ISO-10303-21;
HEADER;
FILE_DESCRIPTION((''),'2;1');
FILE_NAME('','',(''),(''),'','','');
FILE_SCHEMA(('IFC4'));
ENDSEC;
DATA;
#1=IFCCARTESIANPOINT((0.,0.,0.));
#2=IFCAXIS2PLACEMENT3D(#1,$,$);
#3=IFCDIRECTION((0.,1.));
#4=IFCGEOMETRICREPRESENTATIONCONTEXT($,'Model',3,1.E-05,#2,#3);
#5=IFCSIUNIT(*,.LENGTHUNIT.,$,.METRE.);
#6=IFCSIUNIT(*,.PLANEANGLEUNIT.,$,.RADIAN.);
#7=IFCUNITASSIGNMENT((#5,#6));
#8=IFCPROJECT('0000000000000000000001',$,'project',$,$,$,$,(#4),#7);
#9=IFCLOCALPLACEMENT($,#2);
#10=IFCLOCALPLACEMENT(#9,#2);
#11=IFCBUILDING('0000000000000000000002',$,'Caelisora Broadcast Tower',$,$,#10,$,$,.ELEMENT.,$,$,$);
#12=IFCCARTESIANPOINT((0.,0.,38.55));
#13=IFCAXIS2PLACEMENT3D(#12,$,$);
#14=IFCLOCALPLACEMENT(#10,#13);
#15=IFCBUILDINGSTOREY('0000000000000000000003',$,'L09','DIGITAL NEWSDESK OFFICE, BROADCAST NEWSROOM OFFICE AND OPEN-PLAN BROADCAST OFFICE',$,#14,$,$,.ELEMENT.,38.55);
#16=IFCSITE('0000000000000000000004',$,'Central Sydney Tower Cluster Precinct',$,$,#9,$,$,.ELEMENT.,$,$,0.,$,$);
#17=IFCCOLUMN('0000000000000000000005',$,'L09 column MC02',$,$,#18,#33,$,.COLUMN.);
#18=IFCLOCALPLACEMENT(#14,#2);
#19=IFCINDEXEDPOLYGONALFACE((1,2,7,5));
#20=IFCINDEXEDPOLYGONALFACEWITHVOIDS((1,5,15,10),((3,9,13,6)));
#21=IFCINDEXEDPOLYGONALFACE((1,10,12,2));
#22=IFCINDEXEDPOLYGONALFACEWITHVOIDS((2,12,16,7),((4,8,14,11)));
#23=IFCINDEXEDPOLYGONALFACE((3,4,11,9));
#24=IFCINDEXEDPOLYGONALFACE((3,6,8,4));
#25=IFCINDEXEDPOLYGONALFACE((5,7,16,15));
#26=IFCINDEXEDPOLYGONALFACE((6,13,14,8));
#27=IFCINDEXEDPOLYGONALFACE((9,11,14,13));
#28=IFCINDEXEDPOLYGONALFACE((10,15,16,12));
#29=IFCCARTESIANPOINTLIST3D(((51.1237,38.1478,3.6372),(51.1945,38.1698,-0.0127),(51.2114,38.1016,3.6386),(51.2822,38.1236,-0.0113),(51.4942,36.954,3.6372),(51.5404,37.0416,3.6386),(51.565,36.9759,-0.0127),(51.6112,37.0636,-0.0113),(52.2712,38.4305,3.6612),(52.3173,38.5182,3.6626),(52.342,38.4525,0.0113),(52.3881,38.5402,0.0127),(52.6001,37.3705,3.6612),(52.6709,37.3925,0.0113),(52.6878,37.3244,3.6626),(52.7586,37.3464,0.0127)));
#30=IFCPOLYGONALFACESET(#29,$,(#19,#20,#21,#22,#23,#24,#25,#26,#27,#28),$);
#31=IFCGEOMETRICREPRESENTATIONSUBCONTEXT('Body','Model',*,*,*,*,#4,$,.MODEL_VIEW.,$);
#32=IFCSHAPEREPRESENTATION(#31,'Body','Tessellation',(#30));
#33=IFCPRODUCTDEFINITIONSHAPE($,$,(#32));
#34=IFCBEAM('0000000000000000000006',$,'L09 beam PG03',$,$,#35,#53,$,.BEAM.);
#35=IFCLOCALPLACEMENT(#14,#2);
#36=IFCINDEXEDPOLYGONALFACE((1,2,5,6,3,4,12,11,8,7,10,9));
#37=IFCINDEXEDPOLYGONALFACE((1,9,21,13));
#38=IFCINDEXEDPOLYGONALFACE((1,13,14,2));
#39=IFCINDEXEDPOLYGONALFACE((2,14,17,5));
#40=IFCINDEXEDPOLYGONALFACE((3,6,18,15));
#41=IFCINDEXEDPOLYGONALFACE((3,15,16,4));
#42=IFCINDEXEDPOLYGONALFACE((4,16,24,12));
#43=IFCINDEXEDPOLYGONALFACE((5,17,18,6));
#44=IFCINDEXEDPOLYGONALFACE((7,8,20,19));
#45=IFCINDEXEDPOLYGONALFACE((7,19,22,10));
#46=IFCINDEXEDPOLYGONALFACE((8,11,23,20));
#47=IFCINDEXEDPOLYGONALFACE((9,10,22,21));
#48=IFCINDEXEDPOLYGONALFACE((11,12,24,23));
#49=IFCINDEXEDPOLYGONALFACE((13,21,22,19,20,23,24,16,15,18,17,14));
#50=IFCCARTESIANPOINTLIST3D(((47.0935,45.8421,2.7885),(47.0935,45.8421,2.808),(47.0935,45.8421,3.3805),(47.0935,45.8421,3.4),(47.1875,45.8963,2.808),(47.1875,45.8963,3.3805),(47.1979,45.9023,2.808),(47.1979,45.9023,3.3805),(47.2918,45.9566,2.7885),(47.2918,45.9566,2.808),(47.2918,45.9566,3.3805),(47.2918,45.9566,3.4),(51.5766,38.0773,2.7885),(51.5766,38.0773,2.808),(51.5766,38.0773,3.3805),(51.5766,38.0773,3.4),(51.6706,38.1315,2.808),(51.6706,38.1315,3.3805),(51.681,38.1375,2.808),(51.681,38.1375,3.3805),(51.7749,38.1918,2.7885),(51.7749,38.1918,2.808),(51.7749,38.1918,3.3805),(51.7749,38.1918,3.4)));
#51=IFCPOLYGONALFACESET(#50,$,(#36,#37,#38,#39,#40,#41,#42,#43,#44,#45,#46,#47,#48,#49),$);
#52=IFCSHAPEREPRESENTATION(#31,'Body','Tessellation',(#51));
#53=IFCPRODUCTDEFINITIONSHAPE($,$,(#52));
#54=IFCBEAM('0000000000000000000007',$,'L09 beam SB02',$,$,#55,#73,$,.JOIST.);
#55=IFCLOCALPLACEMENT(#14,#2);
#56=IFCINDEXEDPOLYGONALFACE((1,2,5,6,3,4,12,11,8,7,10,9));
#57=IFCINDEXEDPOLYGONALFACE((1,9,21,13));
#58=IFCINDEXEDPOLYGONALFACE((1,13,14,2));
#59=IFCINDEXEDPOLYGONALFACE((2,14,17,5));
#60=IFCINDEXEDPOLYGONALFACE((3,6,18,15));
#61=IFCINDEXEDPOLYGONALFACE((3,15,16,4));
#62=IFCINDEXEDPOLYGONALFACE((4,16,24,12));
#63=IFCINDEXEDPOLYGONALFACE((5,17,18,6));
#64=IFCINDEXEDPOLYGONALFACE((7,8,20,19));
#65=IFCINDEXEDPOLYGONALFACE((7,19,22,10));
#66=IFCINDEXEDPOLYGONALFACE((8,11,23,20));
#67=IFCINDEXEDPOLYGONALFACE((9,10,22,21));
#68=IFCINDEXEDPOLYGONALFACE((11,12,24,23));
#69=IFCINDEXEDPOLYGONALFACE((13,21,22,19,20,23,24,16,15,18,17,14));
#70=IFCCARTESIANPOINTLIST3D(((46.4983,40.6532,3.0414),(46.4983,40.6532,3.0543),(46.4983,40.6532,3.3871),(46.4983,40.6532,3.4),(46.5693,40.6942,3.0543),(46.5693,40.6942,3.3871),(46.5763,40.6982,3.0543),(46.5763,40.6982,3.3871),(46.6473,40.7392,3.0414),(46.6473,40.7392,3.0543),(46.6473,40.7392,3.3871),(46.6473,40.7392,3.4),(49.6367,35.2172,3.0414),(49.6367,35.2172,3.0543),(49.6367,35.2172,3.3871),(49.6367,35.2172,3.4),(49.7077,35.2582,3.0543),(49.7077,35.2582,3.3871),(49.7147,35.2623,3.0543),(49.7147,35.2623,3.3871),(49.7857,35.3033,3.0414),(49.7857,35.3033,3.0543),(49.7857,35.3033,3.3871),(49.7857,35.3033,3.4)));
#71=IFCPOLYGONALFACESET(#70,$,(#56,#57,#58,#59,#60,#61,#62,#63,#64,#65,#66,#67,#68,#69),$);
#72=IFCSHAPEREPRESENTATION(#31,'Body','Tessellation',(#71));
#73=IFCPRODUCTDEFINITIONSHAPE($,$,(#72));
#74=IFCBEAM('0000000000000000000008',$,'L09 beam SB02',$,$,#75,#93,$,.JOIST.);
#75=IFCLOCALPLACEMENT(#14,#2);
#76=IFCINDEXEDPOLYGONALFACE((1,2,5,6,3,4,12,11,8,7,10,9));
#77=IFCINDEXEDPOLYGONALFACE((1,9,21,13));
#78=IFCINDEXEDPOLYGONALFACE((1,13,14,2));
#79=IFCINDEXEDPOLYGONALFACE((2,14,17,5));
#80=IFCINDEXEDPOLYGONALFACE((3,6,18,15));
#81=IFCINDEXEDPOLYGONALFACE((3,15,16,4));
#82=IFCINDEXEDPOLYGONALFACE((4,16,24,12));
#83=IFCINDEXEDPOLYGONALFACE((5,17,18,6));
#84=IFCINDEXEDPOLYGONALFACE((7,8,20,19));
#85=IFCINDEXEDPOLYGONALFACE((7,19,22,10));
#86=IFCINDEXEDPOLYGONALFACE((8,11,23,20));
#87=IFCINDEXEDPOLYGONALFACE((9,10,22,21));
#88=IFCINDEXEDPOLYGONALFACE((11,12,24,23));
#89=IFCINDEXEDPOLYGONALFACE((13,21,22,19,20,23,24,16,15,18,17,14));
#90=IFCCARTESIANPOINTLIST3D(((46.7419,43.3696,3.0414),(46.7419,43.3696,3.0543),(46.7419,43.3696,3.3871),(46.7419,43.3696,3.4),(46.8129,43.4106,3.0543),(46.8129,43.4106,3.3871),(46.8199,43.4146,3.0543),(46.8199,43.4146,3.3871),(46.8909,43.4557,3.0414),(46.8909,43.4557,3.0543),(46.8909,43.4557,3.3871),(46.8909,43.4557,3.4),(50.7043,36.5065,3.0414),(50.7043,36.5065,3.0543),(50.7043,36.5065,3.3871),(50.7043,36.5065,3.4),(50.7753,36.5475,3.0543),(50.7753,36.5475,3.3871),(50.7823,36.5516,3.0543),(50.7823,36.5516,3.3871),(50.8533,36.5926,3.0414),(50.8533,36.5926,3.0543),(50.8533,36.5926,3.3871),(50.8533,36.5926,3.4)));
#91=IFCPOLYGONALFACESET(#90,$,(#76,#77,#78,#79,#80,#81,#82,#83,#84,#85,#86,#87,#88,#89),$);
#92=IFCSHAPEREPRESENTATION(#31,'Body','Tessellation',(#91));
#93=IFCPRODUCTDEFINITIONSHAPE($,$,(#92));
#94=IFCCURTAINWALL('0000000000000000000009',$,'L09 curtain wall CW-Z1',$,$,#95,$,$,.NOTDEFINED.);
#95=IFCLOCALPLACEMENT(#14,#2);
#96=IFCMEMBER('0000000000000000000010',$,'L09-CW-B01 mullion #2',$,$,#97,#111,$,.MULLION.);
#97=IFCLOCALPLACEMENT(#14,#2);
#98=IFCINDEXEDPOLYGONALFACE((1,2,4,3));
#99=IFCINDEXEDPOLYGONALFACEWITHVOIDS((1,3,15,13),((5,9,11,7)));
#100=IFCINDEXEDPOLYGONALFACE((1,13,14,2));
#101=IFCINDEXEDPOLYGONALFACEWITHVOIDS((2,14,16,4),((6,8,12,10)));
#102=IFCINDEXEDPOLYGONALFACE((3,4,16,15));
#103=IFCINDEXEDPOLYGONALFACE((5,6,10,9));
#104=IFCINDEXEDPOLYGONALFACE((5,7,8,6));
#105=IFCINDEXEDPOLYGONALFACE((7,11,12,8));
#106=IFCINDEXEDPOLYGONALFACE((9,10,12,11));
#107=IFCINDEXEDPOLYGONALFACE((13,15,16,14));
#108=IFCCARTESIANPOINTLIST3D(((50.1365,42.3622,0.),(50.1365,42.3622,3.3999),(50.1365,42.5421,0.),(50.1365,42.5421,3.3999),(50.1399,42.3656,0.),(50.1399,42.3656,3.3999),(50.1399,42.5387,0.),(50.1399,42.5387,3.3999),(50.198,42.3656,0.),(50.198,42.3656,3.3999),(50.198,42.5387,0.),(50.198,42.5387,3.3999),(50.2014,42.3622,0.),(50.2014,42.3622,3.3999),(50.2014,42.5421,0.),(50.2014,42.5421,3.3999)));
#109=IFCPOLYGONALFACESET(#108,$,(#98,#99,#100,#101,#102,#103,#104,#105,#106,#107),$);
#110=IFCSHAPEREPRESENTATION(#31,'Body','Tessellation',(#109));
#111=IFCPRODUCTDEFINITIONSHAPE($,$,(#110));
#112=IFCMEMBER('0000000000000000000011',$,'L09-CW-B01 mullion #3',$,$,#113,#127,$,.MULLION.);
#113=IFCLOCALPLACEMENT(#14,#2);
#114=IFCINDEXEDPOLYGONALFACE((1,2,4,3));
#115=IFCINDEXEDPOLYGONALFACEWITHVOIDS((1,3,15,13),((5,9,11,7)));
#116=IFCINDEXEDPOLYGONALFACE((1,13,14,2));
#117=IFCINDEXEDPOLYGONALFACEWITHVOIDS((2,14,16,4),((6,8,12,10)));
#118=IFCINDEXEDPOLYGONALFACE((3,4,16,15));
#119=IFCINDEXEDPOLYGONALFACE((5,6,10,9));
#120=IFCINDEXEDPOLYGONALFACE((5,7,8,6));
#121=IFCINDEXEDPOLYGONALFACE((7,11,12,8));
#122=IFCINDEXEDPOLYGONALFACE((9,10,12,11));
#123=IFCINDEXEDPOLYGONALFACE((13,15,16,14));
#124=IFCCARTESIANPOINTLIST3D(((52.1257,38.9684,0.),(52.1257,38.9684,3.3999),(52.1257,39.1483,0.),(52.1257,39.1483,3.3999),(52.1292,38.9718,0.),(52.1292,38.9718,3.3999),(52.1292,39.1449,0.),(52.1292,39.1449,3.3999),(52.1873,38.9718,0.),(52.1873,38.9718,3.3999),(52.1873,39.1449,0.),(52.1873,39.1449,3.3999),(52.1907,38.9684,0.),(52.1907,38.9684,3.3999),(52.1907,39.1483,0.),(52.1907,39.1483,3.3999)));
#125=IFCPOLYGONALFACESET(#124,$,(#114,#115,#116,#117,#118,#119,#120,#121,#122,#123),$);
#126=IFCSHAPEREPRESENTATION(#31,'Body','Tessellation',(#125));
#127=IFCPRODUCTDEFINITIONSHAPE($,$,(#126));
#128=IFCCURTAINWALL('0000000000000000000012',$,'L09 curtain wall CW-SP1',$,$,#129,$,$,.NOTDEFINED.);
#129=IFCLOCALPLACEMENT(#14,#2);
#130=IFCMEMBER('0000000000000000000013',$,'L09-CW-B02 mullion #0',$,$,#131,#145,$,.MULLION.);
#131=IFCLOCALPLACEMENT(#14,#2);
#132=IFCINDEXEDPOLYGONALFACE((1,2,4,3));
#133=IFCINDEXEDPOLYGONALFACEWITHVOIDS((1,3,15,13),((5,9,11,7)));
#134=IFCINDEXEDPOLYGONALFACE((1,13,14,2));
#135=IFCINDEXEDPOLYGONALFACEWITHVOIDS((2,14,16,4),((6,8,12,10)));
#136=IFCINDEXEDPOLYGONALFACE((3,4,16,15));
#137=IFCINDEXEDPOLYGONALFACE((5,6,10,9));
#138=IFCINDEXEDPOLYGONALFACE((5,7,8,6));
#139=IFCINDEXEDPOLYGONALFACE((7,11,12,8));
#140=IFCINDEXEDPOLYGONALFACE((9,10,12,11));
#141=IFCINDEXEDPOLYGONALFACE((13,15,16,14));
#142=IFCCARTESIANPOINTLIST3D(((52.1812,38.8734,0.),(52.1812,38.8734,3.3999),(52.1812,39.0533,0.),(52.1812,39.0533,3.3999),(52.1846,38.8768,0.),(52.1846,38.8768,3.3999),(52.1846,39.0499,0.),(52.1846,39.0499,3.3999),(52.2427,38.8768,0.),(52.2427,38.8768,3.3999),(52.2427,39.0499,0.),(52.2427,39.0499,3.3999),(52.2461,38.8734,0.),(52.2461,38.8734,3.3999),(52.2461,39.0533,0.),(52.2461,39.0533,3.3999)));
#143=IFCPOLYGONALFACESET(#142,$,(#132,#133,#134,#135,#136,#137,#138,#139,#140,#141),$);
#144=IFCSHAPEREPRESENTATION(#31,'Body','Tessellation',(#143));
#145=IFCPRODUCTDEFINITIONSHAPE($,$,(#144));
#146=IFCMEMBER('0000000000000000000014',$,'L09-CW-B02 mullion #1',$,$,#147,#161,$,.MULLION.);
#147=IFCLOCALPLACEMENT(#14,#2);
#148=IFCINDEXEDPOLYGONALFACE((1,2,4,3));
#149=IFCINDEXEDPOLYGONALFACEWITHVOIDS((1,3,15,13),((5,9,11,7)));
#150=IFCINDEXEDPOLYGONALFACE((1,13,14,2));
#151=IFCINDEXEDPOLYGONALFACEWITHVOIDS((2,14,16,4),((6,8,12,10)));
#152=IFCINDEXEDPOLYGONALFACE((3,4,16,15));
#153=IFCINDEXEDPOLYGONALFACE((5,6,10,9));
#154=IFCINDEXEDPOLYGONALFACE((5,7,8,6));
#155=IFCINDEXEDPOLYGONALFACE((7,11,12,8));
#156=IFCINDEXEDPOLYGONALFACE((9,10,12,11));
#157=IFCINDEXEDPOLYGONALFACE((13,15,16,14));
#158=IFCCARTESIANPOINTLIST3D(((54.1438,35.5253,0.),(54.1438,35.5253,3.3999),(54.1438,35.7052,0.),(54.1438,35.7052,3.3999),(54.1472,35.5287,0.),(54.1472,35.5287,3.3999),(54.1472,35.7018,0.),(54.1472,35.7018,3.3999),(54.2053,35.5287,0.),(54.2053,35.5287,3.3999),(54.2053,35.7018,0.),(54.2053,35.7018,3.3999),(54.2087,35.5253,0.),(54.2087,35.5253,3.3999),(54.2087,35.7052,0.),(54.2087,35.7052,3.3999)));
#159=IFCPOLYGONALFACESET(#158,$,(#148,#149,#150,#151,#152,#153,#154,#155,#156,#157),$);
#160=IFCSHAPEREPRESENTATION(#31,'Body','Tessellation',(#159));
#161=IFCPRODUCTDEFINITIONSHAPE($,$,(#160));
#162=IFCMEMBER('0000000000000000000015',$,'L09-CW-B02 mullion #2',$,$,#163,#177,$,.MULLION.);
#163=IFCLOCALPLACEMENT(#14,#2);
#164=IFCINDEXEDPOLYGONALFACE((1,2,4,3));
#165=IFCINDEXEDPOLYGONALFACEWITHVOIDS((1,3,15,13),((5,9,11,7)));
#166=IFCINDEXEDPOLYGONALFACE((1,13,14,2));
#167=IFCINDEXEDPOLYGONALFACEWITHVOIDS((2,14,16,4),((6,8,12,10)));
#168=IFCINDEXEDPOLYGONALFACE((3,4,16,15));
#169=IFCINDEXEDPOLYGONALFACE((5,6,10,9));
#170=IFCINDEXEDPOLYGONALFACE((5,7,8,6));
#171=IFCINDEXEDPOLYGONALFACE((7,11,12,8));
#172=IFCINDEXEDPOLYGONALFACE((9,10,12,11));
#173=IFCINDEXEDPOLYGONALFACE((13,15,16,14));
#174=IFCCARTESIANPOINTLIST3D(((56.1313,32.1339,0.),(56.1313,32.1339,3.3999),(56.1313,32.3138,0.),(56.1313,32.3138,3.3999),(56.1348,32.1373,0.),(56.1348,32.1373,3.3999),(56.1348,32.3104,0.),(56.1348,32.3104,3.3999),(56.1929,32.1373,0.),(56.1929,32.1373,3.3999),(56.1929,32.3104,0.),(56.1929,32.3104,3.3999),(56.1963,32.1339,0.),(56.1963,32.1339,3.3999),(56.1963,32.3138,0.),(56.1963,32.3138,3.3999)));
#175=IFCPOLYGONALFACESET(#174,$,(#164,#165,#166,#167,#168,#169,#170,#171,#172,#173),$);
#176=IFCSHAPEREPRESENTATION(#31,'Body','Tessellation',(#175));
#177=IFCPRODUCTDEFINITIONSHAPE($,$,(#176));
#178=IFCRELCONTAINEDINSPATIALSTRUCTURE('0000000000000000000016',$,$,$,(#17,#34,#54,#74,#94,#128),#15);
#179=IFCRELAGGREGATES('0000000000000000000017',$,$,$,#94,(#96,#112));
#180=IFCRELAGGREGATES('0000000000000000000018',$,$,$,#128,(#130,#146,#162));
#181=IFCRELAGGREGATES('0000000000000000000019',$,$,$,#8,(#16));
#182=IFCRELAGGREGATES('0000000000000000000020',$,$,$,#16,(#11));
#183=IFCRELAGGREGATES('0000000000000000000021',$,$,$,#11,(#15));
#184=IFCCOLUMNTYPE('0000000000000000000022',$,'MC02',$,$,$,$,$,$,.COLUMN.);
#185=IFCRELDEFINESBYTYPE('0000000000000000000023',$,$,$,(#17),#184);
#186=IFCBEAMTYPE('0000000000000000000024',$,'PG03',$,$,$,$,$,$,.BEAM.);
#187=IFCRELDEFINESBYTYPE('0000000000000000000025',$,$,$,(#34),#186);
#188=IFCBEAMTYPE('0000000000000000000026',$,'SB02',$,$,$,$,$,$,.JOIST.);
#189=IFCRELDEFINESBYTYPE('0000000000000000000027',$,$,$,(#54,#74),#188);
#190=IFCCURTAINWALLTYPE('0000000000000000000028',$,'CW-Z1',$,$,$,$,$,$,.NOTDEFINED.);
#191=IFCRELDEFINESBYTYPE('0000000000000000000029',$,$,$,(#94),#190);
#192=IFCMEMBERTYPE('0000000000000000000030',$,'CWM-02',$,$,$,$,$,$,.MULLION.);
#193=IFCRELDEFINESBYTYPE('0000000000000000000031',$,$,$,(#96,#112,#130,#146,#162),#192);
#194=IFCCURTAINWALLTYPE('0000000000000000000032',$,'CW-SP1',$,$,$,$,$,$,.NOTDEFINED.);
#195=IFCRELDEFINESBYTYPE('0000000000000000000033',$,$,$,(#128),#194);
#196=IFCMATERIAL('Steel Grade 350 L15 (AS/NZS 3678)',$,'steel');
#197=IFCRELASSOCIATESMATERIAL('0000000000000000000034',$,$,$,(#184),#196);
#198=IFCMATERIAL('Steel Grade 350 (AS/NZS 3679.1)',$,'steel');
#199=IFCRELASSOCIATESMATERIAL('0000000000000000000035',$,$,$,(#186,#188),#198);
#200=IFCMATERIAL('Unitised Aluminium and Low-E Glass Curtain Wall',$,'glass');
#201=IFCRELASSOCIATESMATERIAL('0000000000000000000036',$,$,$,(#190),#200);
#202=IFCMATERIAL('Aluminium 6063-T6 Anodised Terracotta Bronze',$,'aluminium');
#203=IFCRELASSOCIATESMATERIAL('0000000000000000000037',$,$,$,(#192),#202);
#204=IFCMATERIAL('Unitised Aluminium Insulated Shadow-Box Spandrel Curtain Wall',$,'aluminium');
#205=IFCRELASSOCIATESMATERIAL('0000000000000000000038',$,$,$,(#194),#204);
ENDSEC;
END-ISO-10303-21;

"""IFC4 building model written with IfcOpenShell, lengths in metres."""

from ifc_helpers import new_model, si_unit, direction, frame, origin, origin_2d, place, context, subcontext, project, spatial, hollow_rectangle, i_section, extrude, source, transform, mapped, material, material_profile, profile_set, type_object, type_shapes, element, aggregate, save


model = new_model("IFC4")

# Units and contexts
model_context = context("Model", 3, precision=1e-05, world=origin(), true_north=direction((0.0, 1.0)))
body_context = subcontext(model_context, "Body", "Model", "MODEL_VIEW")
ifc_project = project(units=[si_unit("LENGTHUNIT", "METRE"), si_unit("PLANEANGLEUNIT", "RADIAN")], contexts=[model_context])

# Site, building, storey
site_placement = place(None, origin())
site = spatial("IfcSite", under=ifc_project, at=site_placement, Name="Central Sydney Tower Cluster Precinct", CompositionType="ELEMENT", RefElevation=0.0)
building_placement = place(site_placement, origin())
building = spatial("IfcBuilding", under=site, at=building_placement, Name="Caelisora Broadcast Tower", CompositionType="ELEMENT")
storey_placement = place(building_placement, frame((0.0, 0.0, 38.55)))
storey = spatial("IfcBuildingStorey", under=building, at=storey_placement, Name="L09", Description="DIGITAL NEWSDESK OFFICE, BROADCAST NEWSROOM OFFICE AND OPEN-PLAN BROADCAST OFFICE", CompositionType="ELEMENT", Elevation=38.55)

# Column
ifc_material_1 = material(Name="Steel Grade 350 L15 (AS/NZS 3678)", Category="steel")
ifc_material_profile_1 = material_profile(ifc_material_1, hollow_rectangle(XDim=1.25, YDim=1.25, WallThickness=0.0701, at=origin_2d()), Name="Steel Grade 350 L15 (AS/NZS 3678)")
ifc_profile_set_1 = profile_set([ifc_material_profile_1], Name="Steel Grade 350 L15 (AS/NZS 3678)")
column_type = type_object("IfcColumnType", Name="MC02", PredefinedType="COLUMN", material=ifc_profile_set_1)
shared_shape_1 = source(origin(), body_context, "Body", "SweptSolid", [
    extrude(hollow_rectangle(XDim=1.25, YDim=1.25, WallThickness=0.0701, at=origin_2d()), origin(), (0.0, 0.0, 1.0), 3.6506),
])
type_shapes(column_type, [shared_shape_1])
column_placement = place(storey_placement, frame((51.9766, 37.7581, 0.0), z_axis=(-0.019394, -0.006019, 0.999794), x_axis=(0.296399, -0.955064, 0.0)))
element("IfcColumn", 1, at=column_placement, inside=storey, type_object=column_type, Name="L09 column MC02", PredefinedType="COLUMN", context=body_context, shape_type="MappedRepresentation", body=[
    mapped(shared_shape_1, transform((0.0, 0.0, 0.0), scale=1.0)),
])

# Beams
ifc_material_2 = material(Name="Steel Grade 350 (AS/NZS 3679.1)", Category="steel")
ifc_material_profile_2 = material_profile(ifc_material_2, i_section(OverallWidth=0.229, OverallDepth=0.6116, WebThickness=0.012, FlangeThickness=0.0195, at=origin_2d()), Name="Steel Grade 350 (AS/NZS 3679.1)")
ifc_profile_set_2 = profile_set([ifc_material_profile_2], Name="Steel Grade 350 (AS/NZS 3679.1)")
beam_type_1 = type_object("IfcBeamType", Name="PG03", PredefinedType="BEAM", material=ifc_profile_set_2)
shared_shape_2 = source(origin(), body_context, "Body", "SweptSolid", [
    extrude(i_section(OverallWidth=0.229, OverallDepth=0.6116, WebThickness=0.012, FlangeThickness=0.0195, at=origin_2d()), origin(), (0.0, 0.0, 1.0), 8.9661),
])
type_shapes(beam_type_1, [shared_shape_2])
beam_1_placement = place(storey_placement, frame((51.6758, 38.1345, 3.0942), z_axis=(-0.500008, 0.866021, 0.0), x_axis=(-0.866021, -0.500008, 0.0)))
element("IfcBeam", 2, at=beam_1_placement, inside=storey, type_object=beam_type_1, Name="L09 beam PG03", PredefinedType="BEAM", context=body_context, shape_type="MappedRepresentation", body=[
    mapped(shared_shape_2, transform((0.0, 0.0, 0.0), scale=1.0)),
])
ifc_material_profile_3 = material_profile(ifc_material_2, i_section(OverallWidth=0.1721, OverallDepth=0.3586, WebThickness=0.0081, FlangeThickness=0.0129, at=origin_2d()), Name="Steel Grade 350 (AS/NZS 3679.1)")
ifc_profile_set_3 = profile_set([ifc_material_profile_3], Name="Steel Grade 350 (AS/NZS 3679.1)")
beam_type_2 = type_object("IfcBeamType", Name="SB02", PredefinedType="JOIST", material=ifc_profile_set_3)
shared_shape_3 = source(origin(), body_context, "Body", "SweptSolid", [
    extrude(i_section(OverallWidth=0.1721, OverallDepth=0.3586, WebThickness=0.0081, FlangeThickness=0.0129, at=origin_2d()), origin(), (0.0, 0.0, 1.0), 6.2769),
])
beam_2_placement = place(storey_placement, frame((49.7112, 35.2603, 3.2207), z_axis=(-0.499992, 0.86603, 0.0), x_axis=(-0.86603, -0.499992, 0.0)))
element("IfcBeam", 3, at=beam_2_placement, inside=storey, type_object=beam_type_2, Name="L09 beam SB02", PredefinedType="JOIST", context=body_context, shape_type="MappedRepresentation", body=[
    mapped(shared_shape_3, transform((0.0, 0.0, 0.0), scale=1.0)),
])
shared_shape_4 = source(origin(), body_context, "Body", "SweptSolid", [
    extrude(i_section(OverallWidth=0.1721, OverallDepth=0.3586, WebThickness=0.0081, FlangeThickness=0.0129, at=origin_2d()), origin(), (0.0, 0.0, 1.0), 7.9248),
])
type_shapes(beam_type_2, [shared_shape_3, shared_shape_4])
beam_3_placement = place(storey_placement, frame((50.7788, 36.5496, 3.2207), z_axis=(-0.500002, 0.866024, 0.0), x_axis=(-0.866024, -0.500002, 0.0)))
element("IfcBeam", 4, at=beam_3_placement, inside=storey, type_object=beam_type_2, Name="L09 beam SB02", PredefinedType="JOIST", context=body_context, shape_type="MappedRepresentation", body=[
    mapped(shared_shape_4, transform((0.0, 0.0, 0.0), scale=1.0)),
])

# Curtain walls, members
ifc_material_3 = material(Name="Unitised Aluminium and Low-E Glass Curtain Wall", Category="glass")
curtain_wall_type_1 = type_object("IfcCurtainWallType", Name="CW-Z1", PredefinedType="NOTDEFINED", material=ifc_material_3)
curtain_wall_1_placement = place(storey_placement, origin())
curtain_wall_1 = element("IfcCurtainWall", 5, at=curtain_wall_1_placement, inside=storey, type_object=curtain_wall_type_1, Name="L09 curtain wall CW-Z1", PredefinedType="NOTDEFINED")
ifc_material_4 = material(Name="Aluminium 6063-T6 Anodised Terracotta Bronze", Category="aluminium")
ifc_material_profile_4 = material_profile(ifc_material_4, hollow_rectangle(XDim=0.0649, YDim=0.1799, WallThickness=0.0034, at=origin_2d()), Name="Aluminium 6063-T6 Anodised Terracotta Bronze")
ifc_profile_set_4 = profile_set([ifc_material_profile_4], Name="Aluminium 6063-T6 Anodised Terracotta Bronze")
member_type_1 = type_object("IfcMemberType", Name="CWM-02", PredefinedType="MULLION", material=ifc_profile_set_4)
shared_shape_5 = source(origin(), body_context, "Body", "SweptSolid", [
    extrude(hollow_rectangle(XDim=0.0649, YDim=0.1799, WallThickness=0.0034, at=origin_2d()), origin(), (0.0, 0.0, 1.0), 3.3999),
])
type_shapes(member_type_1, [shared_shape_5])
member_1_placement = place(storey_placement, frame((50.1689, 42.4521, 0.0), z_axis=(0.0, 0.0, 1.0), x_axis=(1.0, 0.0, 0.0)))
member_1 = element("IfcMember", 6, at=member_1_placement, type_object=member_type_1, Name="L09-CW-B01 mullion #2", PredefinedType="MULLION", context=body_context, shape_type="MappedRepresentation", body=[
    mapped(shared_shape_5, transform((0.0, 0.0, 0.0), scale=1.0)),
])
member_2_placement = place(storey_placement, frame((52.1582, 39.0583, 0.0), z_axis=(0.0, 0.0, 1.0), x_axis=(1.0, 0.0, 0.0)))
member_2 = element("IfcMember", 7, at=member_2_placement, type_object=member_type_1, Name="L09-CW-B01 mullion #3", PredefinedType="MULLION", context=body_context, shape_type="MappedRepresentation", body=[
    mapped(shared_shape_5, transform((0.0, 0.0, 0.0), scale=1.0)),
])
ifc_material_5 = material(Name="Unitised Aluminium Insulated Shadow-Box Spandrel Curtain Wall", Category="aluminium")
curtain_wall_type_2 = type_object("IfcCurtainWallType", Name="CW-SP1", PredefinedType="NOTDEFINED", material=ifc_material_5)
curtain_wall_2_placement = place(storey_placement, origin())
curtain_wall_2 = element("IfcCurtainWall", 8, at=curtain_wall_2_placement, inside=storey, type_object=curtain_wall_type_2, Name="L09 curtain wall CW-SP1", PredefinedType="NOTDEFINED")
member_3_placement = place(storey_placement, frame((52.2136, 38.9634, 0.0), z_axis=(0.0, 0.0, 1.0), x_axis=(1.0, 0.0, 0.0)))
member_3 = element("IfcMember", 9, at=member_3_placement, type_object=member_type_1, Name="L09-CW-B02 mullion #0", PredefinedType="MULLION", context=body_context, shape_type="MappedRepresentation", body=[
    mapped(shared_shape_5, transform((0.0, 0.0, 0.0), scale=1.0)),
])
member_4_placement = place(storey_placement, frame((54.1763, 35.6152, 0.0), z_axis=(0.0, 0.0, 1.0), x_axis=(1.0, 0.0, 0.0)))
member_4 = element("IfcMember", 10, at=member_4_placement, type_object=member_type_1, Name="L09-CW-B02 mullion #1", PredefinedType="MULLION", context=body_context, shape_type="MappedRepresentation", body=[
    mapped(shared_shape_5, transform((0.0, 0.0, 0.0), scale=1.0)),
])
member_5_placement = place(storey_placement, frame((56.1638, 32.2239, 0.0), z_axis=(0.0, 0.0, 1.0), x_axis=(1.0, 0.0, 0.0)))
member_5 = element("IfcMember", 11, at=member_5_placement, type_object=member_type_1, Name="L09-CW-B02 mullion #2", PredefinedType="MULLION", context=body_context, shape_type="MappedRepresentation", body=[
    mapped(shared_shape_5, transform((0.0, 0.0, 0.0), scale=1.0)),
])

aggregate(curtain_wall_1, [member_1, member_2])
aggregate(curtain_wall_2, [member_3, member_4, member_5])

save(model, "model.ifc")
